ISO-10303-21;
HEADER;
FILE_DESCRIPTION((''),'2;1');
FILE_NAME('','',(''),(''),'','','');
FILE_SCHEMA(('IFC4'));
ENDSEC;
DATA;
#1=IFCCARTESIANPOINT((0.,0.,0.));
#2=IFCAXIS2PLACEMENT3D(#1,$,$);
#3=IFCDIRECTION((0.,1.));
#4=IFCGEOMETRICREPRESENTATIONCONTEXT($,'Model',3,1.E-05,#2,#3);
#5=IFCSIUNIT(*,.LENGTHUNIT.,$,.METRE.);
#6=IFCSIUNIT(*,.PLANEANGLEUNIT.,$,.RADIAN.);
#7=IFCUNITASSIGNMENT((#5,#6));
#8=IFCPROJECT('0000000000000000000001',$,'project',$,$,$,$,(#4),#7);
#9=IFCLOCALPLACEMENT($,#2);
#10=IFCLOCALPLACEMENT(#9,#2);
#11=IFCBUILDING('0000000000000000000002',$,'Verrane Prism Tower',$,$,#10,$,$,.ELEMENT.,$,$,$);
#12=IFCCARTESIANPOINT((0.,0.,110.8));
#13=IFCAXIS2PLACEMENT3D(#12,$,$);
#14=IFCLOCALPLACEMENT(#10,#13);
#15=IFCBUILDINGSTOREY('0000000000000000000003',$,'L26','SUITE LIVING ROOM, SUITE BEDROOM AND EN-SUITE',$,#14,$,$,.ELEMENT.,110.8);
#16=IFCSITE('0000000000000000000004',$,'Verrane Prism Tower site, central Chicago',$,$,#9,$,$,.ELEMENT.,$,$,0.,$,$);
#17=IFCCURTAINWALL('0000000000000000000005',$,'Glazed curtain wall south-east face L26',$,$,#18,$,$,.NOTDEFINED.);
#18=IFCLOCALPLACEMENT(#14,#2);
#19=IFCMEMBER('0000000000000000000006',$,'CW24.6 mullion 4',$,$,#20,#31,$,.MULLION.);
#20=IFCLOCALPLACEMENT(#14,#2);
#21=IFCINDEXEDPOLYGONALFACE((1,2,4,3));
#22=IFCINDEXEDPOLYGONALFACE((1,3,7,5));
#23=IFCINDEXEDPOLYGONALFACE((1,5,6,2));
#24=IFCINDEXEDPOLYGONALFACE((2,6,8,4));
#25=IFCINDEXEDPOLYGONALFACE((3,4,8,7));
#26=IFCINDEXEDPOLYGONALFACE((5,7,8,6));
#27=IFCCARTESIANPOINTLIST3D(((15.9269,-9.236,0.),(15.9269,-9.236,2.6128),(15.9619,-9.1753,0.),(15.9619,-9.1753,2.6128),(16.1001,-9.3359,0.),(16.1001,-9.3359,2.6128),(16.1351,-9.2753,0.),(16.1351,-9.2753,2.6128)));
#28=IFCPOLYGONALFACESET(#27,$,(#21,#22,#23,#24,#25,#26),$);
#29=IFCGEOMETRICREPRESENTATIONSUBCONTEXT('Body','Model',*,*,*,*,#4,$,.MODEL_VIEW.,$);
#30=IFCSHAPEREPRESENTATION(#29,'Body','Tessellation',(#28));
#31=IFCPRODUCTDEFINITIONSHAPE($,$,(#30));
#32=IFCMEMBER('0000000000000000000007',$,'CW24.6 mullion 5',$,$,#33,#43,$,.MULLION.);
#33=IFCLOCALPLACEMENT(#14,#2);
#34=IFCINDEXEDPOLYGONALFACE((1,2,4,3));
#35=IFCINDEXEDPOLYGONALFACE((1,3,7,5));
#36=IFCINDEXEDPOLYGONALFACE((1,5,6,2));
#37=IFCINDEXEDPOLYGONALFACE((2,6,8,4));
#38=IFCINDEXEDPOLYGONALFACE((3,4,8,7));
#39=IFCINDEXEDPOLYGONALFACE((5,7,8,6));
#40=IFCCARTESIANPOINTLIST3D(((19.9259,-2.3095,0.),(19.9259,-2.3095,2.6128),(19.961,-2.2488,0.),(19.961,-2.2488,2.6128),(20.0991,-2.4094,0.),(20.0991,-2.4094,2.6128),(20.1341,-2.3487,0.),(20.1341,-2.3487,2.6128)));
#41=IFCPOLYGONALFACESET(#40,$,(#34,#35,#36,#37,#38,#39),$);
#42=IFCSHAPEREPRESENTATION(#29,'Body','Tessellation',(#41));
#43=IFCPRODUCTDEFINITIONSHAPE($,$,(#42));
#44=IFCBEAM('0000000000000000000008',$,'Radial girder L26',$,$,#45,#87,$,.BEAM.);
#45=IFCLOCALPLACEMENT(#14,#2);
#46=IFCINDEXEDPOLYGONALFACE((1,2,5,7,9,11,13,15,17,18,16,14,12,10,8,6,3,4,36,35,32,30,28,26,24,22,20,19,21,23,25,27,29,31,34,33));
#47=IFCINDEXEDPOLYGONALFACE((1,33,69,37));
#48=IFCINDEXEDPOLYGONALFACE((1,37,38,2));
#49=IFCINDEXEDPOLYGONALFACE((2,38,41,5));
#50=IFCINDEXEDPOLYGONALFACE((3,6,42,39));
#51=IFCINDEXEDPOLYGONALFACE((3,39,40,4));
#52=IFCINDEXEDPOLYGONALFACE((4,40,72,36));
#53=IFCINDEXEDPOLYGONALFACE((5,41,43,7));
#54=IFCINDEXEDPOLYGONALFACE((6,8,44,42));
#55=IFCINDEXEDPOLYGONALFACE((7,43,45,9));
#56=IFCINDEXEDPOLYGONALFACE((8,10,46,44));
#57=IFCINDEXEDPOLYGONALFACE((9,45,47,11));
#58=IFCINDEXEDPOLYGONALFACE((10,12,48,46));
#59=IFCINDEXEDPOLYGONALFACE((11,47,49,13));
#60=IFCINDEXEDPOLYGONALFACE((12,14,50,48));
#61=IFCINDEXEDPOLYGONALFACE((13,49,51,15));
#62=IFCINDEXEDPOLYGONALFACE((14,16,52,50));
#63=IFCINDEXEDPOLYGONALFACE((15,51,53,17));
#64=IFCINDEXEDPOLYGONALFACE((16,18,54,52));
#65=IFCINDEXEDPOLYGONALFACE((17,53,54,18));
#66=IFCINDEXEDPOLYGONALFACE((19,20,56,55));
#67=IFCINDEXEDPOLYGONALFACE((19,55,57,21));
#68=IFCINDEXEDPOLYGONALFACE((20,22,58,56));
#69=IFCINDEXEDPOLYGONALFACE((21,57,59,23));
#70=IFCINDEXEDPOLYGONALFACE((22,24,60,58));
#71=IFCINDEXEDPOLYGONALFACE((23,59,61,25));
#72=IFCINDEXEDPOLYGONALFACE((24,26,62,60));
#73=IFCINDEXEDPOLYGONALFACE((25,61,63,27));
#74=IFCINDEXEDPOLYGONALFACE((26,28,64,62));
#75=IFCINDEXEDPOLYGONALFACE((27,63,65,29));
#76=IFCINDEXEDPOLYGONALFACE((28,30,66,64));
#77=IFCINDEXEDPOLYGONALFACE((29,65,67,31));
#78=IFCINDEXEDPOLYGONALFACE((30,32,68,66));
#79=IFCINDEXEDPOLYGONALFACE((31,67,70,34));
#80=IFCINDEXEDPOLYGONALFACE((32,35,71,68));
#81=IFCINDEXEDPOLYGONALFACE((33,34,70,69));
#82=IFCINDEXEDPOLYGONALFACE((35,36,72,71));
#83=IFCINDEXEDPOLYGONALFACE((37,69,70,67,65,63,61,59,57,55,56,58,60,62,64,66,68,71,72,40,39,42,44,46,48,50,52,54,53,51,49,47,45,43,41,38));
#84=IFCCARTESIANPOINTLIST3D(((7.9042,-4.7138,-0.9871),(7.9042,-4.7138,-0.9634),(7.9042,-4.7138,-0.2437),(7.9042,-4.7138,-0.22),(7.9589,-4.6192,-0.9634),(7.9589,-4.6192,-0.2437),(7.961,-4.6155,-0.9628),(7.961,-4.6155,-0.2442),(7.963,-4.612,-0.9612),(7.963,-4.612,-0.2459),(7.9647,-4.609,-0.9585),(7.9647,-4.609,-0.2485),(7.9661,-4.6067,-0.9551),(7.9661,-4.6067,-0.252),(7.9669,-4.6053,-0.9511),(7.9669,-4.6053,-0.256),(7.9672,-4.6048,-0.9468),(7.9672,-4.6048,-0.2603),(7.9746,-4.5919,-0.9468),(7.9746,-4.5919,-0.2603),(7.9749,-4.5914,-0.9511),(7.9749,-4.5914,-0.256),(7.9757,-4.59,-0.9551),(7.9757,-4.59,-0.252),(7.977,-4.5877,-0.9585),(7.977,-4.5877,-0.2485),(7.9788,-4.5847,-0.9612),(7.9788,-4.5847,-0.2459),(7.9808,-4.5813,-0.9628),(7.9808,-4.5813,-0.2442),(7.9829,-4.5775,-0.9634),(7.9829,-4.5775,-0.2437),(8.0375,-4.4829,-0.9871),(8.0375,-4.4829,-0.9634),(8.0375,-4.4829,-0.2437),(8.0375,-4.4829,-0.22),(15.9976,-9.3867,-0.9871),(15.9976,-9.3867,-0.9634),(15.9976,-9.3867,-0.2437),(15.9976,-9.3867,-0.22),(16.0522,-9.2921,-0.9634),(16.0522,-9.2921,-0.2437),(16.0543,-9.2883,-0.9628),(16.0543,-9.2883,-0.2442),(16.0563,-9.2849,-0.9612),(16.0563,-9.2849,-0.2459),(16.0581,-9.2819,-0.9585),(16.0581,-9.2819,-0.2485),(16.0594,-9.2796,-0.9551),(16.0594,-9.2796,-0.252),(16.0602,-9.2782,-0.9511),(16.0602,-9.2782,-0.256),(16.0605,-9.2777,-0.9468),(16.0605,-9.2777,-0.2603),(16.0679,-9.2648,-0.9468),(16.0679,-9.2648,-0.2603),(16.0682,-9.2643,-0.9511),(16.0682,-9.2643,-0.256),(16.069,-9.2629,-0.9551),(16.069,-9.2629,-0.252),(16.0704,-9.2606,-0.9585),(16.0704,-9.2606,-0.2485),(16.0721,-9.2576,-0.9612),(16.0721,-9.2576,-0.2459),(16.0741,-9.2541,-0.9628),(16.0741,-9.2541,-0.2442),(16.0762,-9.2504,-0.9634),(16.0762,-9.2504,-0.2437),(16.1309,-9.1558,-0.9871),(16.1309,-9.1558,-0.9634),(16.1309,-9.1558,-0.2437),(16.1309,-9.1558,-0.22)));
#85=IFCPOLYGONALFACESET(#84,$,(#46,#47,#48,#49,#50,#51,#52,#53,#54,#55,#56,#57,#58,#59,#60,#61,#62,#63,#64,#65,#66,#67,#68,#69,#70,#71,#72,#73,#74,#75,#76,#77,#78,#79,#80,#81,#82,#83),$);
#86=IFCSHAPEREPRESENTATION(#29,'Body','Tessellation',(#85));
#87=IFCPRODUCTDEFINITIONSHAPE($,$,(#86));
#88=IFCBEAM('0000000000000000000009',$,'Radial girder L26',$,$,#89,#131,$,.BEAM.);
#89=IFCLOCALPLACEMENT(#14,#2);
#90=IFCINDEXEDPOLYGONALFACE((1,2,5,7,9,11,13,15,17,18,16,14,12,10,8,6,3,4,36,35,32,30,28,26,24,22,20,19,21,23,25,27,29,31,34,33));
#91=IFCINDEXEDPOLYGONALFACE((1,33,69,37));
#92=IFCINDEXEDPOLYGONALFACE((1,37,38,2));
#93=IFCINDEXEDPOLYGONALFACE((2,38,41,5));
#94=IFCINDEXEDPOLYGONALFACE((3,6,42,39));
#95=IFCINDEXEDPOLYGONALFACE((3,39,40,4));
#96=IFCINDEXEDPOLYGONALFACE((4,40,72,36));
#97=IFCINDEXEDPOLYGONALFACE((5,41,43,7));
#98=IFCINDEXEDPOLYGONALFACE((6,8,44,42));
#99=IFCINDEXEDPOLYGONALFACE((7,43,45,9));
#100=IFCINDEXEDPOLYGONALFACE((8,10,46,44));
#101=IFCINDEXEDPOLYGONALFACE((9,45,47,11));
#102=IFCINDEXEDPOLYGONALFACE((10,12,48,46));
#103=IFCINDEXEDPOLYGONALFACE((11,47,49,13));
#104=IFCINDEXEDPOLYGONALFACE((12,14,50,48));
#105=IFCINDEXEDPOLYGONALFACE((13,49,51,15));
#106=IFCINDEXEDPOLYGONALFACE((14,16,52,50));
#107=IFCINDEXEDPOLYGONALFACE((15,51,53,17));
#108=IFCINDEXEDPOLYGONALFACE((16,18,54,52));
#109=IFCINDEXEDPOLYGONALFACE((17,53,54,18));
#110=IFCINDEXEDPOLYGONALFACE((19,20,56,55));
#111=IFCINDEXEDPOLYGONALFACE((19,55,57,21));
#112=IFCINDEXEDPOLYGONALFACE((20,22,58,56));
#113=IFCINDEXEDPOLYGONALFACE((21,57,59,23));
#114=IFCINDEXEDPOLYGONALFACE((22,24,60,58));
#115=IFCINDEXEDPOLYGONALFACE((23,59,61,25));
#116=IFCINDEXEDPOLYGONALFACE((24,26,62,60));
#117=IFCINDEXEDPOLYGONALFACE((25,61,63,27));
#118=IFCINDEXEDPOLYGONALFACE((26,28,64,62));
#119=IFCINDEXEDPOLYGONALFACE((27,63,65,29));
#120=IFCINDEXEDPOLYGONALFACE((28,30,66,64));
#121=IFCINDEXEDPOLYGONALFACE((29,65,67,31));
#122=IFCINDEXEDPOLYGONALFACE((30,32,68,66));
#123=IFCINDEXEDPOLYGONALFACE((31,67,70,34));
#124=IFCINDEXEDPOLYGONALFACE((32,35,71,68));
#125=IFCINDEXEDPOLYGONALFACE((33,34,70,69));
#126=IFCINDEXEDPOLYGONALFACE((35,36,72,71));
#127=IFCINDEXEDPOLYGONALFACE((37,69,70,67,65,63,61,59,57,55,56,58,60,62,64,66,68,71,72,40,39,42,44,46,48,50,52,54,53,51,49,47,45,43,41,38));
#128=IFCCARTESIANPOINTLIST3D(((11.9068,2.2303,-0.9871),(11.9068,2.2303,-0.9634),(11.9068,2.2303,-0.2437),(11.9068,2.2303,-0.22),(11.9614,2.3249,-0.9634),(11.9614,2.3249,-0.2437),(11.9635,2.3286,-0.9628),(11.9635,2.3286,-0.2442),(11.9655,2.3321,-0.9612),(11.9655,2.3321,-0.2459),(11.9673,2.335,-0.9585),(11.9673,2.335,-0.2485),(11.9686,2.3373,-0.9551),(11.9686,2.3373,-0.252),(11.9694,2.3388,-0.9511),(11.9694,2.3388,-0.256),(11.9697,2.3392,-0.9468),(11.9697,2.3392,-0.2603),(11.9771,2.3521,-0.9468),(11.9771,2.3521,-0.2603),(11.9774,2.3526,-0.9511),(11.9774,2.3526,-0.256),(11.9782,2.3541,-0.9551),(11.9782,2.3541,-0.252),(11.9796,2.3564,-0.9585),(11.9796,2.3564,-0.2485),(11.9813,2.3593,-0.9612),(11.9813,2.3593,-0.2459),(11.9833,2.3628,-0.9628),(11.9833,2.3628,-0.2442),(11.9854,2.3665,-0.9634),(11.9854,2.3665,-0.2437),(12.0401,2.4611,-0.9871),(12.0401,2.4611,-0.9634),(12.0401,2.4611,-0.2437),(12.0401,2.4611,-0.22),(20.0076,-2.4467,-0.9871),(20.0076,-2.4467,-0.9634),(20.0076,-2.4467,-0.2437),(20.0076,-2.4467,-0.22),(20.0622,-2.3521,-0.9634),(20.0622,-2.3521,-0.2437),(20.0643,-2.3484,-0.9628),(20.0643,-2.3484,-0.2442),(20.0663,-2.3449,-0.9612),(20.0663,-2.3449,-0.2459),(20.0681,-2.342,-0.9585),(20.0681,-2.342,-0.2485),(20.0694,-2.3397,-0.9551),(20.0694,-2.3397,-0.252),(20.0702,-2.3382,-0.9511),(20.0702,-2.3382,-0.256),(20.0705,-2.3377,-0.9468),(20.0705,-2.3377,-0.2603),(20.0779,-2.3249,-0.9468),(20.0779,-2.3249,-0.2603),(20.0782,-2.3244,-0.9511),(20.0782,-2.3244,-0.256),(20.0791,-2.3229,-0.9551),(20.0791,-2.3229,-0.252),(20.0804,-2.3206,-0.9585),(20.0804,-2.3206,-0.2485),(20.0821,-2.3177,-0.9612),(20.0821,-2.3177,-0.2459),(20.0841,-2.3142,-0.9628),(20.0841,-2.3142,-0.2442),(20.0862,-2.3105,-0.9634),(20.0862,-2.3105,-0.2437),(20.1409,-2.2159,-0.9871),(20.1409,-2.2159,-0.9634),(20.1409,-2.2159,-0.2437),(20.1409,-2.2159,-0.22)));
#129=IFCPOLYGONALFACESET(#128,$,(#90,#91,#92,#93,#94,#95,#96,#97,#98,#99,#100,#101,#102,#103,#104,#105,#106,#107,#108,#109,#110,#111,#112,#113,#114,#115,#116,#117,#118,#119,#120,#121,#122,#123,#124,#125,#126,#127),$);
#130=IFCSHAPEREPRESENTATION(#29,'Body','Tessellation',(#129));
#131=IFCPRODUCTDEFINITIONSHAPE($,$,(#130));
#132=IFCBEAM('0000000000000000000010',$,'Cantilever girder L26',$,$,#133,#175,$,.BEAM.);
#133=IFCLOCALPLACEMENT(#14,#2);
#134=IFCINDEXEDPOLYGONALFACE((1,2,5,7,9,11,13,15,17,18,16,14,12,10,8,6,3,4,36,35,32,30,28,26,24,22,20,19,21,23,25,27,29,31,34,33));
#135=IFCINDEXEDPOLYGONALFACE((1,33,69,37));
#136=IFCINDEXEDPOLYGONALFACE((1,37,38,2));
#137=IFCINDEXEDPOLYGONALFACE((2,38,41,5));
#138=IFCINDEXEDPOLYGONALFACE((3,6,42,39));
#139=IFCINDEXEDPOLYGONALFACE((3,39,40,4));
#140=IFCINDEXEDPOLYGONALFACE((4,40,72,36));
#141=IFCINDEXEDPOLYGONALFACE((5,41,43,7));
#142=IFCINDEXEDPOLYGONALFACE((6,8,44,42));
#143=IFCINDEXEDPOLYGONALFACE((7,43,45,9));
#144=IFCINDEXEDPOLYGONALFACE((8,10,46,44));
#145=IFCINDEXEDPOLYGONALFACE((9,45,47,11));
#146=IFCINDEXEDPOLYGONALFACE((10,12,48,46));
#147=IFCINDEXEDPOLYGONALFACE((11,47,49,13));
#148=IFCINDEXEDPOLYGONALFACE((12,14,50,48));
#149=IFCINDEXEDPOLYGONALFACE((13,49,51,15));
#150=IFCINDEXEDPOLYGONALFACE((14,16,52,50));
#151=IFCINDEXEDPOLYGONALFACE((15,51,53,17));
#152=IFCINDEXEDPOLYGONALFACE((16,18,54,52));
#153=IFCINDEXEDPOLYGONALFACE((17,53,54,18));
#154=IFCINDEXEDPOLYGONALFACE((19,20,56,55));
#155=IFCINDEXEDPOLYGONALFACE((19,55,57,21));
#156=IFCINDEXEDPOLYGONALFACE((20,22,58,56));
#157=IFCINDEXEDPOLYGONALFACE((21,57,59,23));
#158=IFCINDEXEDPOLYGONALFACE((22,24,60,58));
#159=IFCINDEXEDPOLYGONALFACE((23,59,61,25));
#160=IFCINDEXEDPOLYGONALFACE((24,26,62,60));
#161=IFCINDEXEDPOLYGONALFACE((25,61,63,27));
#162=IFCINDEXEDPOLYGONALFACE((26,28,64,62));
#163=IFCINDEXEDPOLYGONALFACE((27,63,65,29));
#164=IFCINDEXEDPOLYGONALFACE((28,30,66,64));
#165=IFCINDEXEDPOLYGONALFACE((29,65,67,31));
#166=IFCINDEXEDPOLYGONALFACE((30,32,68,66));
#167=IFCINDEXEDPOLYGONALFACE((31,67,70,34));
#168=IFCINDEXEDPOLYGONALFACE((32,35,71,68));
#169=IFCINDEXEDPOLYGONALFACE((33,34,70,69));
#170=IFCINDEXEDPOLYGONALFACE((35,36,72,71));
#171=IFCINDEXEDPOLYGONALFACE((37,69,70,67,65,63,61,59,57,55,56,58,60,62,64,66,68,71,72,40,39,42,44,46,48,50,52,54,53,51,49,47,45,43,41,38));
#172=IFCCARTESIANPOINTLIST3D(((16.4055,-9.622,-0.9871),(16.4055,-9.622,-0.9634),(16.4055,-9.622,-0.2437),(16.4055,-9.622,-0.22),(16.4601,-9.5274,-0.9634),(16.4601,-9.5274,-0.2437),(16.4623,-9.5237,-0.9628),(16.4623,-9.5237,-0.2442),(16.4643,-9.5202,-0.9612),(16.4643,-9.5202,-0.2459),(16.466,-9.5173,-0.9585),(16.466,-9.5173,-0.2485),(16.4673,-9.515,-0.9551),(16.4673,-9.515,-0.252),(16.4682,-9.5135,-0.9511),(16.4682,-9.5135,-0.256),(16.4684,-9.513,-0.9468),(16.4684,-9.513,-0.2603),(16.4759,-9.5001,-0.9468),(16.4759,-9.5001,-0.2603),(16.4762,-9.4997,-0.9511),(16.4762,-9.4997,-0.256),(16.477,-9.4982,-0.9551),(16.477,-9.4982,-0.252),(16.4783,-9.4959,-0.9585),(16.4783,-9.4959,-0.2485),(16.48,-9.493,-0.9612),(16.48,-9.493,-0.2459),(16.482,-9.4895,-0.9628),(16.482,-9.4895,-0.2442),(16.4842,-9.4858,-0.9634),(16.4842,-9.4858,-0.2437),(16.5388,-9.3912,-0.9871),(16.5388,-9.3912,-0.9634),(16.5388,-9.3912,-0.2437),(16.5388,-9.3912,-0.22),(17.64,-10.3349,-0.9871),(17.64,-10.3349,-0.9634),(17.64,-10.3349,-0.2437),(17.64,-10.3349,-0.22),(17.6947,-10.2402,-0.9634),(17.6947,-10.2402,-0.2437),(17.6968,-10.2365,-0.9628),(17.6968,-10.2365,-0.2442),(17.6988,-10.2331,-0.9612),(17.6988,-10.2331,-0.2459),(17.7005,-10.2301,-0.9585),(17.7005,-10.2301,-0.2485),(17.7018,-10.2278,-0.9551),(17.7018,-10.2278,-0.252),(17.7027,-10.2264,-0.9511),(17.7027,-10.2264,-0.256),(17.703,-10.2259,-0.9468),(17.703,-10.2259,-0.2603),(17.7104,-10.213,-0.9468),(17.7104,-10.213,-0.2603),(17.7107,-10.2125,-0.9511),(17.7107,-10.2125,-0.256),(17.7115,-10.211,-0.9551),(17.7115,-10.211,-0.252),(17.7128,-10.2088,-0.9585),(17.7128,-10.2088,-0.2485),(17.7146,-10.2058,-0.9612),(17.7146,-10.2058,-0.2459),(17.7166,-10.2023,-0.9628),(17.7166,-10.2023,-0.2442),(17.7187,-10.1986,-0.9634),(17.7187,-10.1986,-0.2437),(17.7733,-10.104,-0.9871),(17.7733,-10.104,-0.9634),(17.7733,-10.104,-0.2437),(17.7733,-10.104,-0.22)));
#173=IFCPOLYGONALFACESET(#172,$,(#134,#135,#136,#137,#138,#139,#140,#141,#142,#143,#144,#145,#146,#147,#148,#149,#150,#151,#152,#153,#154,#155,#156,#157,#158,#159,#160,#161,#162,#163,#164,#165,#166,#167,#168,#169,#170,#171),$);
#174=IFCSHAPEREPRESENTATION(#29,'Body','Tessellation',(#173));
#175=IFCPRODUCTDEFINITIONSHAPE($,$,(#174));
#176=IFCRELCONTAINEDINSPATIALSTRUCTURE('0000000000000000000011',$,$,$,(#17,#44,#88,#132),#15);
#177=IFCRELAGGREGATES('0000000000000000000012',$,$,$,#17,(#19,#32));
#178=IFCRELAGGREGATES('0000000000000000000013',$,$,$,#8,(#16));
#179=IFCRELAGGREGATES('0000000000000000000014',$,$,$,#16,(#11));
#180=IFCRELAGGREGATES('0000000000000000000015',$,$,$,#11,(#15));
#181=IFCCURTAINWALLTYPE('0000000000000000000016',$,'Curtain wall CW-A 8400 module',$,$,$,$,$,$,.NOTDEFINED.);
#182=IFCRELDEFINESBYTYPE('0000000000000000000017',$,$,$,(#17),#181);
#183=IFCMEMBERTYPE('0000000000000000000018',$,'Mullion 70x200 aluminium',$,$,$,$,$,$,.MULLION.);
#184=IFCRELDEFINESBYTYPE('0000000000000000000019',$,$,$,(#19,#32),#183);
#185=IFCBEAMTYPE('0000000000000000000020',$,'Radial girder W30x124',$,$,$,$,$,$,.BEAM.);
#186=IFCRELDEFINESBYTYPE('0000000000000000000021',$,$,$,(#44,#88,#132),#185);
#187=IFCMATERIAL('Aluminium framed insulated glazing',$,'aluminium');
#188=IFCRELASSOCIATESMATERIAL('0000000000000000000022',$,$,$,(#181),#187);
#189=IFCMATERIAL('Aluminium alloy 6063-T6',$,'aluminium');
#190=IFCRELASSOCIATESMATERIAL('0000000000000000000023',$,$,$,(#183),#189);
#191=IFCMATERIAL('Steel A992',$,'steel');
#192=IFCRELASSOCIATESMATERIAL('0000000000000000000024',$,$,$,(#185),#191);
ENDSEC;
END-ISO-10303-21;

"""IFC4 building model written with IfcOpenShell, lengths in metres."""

from ifc_helpers import new_model, si_unit, direction, frame, origin, origin_2d, place, context, subcontext, project, spatial, rectangle, i_section, extrude, material, material_profile, profile_set, type_object, element, aggregate, save


model = new_model("IFC4")

# Units and contexts
model_context = context("Model", 3, precision=1e-05, world=origin(), true_north=direction((0.0, 1.0)))
body_context = subcontext(model_context, "Body", "Model", "MODEL_VIEW")
ifc_project = project(units=[si_unit("LENGTHUNIT", "METRE"), si_unit("PLANEANGLEUNIT", "RADIAN")], contexts=[model_context])

# Site, building, storey
site_placement = place(None, origin())
site = spatial("IfcSite", under=ifc_project, at=site_placement, Name="Verrane Prism Tower site, central Chicago", CompositionType="ELEMENT", RefElevation=0.0)
building_placement = place(site_placement, origin())
building = spatial("IfcBuilding", under=site, at=building_placement, Name="Verrane Prism Tower", CompositionType="ELEMENT")
storey_placement = place(building_placement, frame((0.0, 0.0, 110.8)))
storey = spatial("IfcBuildingStorey", under=building, at=storey_placement, Name="L26", Description="SUITE LIVING ROOM, SUITE BEDROOM AND EN-SUITE", CompositionType="ELEMENT", Elevation=110.8)

# Curtain wall, members
ifc_material_1 = material(Name="Aluminium framed insulated glazing", Category="aluminium")
curtain_wall_type = type_object("IfcCurtainWallType", Name="Curtain wall CW-A 8400 module", PredefinedType="NOTDEFINED", material=ifc_material_1)
curtain_wall_placement = place(storey_placement, origin())
curtain_wall = element("IfcCurtainWall", 1, at=curtain_wall_placement, inside=storey, type_object=curtain_wall_type, Name="Glazed curtain wall south-east face L26", PredefinedType="NOTDEFINED")
ifc_material_2 = material(Name="Aluminium alloy 6063-T6", Category="aluminium")
ifc_material_profile_1 = material_profile(ifc_material_2, rectangle(XDim=0.2, YDim=0.0701, at=origin_2d()), Name="Mullion 70x200 aluminium")
ifc_profile_set_1 = profile_set([ifc_material_profile_1], Name="Aluminium alloy 6063-T6")
member_type_1 = type_object("IfcMemberType", Name="Mullion 70x200 aluminium", PredefinedType="MULLION", material=ifc_profile_set_1)
member_1_placement = place(storey_placement, frame((16.031, -9.2556, 0.0), z_axis=(0.0, 0.0, 1.0), x_axis=(-0.866025, 0.5, 0.0)))
member_1 = element("IfcMember", 2, at=member_1_placement, type_object=member_type_1, Name="CW24.6 mullion 4", PredefinedType="MULLION", context=body_context, shape_type="SweptSolid", body=[
    extrude(rectangle(XDim=0.2, YDim=0.0701, at=origin_2d()), origin(), (0.0, 0.0, 1.0), 2.6128),
])
member_2_placement = place(storey_placement, frame((20.03, -2.3291, 0.0), z_axis=(0.0, 0.0, 1.0), x_axis=(-0.866025, 0.5, 0.0)))
member_2 = element("IfcMember", 3, at=member_2_placement, type_object=member_type_1, Name="CW24.6 mullion 5", PredefinedType="MULLION", context=body_context, shape_type="SweptSolid", body=[
    extrude(rectangle(XDim=0.2, YDim=0.0701, at=origin_2d()), origin(), (0.0, 0.0, 1.0), 2.6128),
])

# Beams
ifc_material_3 = material(Name="Steel A992", Category="steel")
ifc_material_profile_2 = material_profile(ifc_material_3, i_section(OverallWidth=0.2666, OverallDepth=0.7671, WebThickness=0.0149, FlangeThickness=0.0237, FilletRadius=0.0166, at=origin_2d()), Name="W30x124")
ifc_profile_set_2 = profile_set([ifc_material_profile_2], Name="Steel A992")
beam_type_1 = type_object("IfcBeamType", Name="Radial girder W30x124", PredefinedType="BEAM", material=ifc_profile_set_2)
beam_1_placement = place(storey_placement, frame((16.0642, -9.2712, -0.6035), z_axis=(-0.866016, 0.500016, 0.0), x_axis=(-0.500016, -0.866016, 0.0)))
element("IfcBeam", 4, at=beam_1_placement, inside=storey, type_object=beam_type_1, Name="Radial girder L26", PredefinedType="BEAM", context=body_context, shape_type="SweptSolid", body=[
    extrude(i_section(OverallWidth=0.2666, OverallDepth=0.7671, WebThickness=0.0149, FlangeThickness=0.0237, FilletRadius=0.0166, at=origin_2d()), origin(), (0.0, 0.0, 1.0), 9.3455),
])
beam_2_placement = place(storey_placement, frame((20.0742, -2.3313, -0.6035), z_axis=(-0.866026, 0.499999, 0.0), x_axis=(-0.499999, -0.866026, 0.0)))
element("IfcBeam", 5, at=beam_2_placement, inside=storey, type_object=beam_type_1, Name="Radial girder L26", PredefinedType="BEAM", context=body_context, shape_type="SweptSolid", body=[
    extrude(i_section(OverallWidth=0.2666, OverallDepth=0.7671, WebThickness=0.0149, FlangeThickness=0.0237, FilletRadius=0.0166, at=origin_2d()), origin(), (0.0, 0.0, 1.0), 9.354),
])
beam_3_placement = place(storey_placement, frame((16.4722, -9.5066, -0.6035), z_axis=(0.866, -0.500044, 0.0), x_axis=(0.500044, 0.866, 0.0)))
element("IfcBeam", 6, at=beam_3_placement, inside=storey, type_object=beam_type_1, Name="Cantilever girder L26", PredefinedType="BEAM", context=body_context, shape_type="SweptSolid", body=[
    extrude(i_section(OverallWidth=0.2666, OverallDepth=0.7671, WebThickness=0.0149, FlangeThickness=0.0237, FilletRadius=0.0166, at=origin_2d()), origin(), (0.0, 0.0, 1.0), 1.4255),
])

aggregate(curtain_wall, [member_1, member_2])

save(model, "model.ifc")
